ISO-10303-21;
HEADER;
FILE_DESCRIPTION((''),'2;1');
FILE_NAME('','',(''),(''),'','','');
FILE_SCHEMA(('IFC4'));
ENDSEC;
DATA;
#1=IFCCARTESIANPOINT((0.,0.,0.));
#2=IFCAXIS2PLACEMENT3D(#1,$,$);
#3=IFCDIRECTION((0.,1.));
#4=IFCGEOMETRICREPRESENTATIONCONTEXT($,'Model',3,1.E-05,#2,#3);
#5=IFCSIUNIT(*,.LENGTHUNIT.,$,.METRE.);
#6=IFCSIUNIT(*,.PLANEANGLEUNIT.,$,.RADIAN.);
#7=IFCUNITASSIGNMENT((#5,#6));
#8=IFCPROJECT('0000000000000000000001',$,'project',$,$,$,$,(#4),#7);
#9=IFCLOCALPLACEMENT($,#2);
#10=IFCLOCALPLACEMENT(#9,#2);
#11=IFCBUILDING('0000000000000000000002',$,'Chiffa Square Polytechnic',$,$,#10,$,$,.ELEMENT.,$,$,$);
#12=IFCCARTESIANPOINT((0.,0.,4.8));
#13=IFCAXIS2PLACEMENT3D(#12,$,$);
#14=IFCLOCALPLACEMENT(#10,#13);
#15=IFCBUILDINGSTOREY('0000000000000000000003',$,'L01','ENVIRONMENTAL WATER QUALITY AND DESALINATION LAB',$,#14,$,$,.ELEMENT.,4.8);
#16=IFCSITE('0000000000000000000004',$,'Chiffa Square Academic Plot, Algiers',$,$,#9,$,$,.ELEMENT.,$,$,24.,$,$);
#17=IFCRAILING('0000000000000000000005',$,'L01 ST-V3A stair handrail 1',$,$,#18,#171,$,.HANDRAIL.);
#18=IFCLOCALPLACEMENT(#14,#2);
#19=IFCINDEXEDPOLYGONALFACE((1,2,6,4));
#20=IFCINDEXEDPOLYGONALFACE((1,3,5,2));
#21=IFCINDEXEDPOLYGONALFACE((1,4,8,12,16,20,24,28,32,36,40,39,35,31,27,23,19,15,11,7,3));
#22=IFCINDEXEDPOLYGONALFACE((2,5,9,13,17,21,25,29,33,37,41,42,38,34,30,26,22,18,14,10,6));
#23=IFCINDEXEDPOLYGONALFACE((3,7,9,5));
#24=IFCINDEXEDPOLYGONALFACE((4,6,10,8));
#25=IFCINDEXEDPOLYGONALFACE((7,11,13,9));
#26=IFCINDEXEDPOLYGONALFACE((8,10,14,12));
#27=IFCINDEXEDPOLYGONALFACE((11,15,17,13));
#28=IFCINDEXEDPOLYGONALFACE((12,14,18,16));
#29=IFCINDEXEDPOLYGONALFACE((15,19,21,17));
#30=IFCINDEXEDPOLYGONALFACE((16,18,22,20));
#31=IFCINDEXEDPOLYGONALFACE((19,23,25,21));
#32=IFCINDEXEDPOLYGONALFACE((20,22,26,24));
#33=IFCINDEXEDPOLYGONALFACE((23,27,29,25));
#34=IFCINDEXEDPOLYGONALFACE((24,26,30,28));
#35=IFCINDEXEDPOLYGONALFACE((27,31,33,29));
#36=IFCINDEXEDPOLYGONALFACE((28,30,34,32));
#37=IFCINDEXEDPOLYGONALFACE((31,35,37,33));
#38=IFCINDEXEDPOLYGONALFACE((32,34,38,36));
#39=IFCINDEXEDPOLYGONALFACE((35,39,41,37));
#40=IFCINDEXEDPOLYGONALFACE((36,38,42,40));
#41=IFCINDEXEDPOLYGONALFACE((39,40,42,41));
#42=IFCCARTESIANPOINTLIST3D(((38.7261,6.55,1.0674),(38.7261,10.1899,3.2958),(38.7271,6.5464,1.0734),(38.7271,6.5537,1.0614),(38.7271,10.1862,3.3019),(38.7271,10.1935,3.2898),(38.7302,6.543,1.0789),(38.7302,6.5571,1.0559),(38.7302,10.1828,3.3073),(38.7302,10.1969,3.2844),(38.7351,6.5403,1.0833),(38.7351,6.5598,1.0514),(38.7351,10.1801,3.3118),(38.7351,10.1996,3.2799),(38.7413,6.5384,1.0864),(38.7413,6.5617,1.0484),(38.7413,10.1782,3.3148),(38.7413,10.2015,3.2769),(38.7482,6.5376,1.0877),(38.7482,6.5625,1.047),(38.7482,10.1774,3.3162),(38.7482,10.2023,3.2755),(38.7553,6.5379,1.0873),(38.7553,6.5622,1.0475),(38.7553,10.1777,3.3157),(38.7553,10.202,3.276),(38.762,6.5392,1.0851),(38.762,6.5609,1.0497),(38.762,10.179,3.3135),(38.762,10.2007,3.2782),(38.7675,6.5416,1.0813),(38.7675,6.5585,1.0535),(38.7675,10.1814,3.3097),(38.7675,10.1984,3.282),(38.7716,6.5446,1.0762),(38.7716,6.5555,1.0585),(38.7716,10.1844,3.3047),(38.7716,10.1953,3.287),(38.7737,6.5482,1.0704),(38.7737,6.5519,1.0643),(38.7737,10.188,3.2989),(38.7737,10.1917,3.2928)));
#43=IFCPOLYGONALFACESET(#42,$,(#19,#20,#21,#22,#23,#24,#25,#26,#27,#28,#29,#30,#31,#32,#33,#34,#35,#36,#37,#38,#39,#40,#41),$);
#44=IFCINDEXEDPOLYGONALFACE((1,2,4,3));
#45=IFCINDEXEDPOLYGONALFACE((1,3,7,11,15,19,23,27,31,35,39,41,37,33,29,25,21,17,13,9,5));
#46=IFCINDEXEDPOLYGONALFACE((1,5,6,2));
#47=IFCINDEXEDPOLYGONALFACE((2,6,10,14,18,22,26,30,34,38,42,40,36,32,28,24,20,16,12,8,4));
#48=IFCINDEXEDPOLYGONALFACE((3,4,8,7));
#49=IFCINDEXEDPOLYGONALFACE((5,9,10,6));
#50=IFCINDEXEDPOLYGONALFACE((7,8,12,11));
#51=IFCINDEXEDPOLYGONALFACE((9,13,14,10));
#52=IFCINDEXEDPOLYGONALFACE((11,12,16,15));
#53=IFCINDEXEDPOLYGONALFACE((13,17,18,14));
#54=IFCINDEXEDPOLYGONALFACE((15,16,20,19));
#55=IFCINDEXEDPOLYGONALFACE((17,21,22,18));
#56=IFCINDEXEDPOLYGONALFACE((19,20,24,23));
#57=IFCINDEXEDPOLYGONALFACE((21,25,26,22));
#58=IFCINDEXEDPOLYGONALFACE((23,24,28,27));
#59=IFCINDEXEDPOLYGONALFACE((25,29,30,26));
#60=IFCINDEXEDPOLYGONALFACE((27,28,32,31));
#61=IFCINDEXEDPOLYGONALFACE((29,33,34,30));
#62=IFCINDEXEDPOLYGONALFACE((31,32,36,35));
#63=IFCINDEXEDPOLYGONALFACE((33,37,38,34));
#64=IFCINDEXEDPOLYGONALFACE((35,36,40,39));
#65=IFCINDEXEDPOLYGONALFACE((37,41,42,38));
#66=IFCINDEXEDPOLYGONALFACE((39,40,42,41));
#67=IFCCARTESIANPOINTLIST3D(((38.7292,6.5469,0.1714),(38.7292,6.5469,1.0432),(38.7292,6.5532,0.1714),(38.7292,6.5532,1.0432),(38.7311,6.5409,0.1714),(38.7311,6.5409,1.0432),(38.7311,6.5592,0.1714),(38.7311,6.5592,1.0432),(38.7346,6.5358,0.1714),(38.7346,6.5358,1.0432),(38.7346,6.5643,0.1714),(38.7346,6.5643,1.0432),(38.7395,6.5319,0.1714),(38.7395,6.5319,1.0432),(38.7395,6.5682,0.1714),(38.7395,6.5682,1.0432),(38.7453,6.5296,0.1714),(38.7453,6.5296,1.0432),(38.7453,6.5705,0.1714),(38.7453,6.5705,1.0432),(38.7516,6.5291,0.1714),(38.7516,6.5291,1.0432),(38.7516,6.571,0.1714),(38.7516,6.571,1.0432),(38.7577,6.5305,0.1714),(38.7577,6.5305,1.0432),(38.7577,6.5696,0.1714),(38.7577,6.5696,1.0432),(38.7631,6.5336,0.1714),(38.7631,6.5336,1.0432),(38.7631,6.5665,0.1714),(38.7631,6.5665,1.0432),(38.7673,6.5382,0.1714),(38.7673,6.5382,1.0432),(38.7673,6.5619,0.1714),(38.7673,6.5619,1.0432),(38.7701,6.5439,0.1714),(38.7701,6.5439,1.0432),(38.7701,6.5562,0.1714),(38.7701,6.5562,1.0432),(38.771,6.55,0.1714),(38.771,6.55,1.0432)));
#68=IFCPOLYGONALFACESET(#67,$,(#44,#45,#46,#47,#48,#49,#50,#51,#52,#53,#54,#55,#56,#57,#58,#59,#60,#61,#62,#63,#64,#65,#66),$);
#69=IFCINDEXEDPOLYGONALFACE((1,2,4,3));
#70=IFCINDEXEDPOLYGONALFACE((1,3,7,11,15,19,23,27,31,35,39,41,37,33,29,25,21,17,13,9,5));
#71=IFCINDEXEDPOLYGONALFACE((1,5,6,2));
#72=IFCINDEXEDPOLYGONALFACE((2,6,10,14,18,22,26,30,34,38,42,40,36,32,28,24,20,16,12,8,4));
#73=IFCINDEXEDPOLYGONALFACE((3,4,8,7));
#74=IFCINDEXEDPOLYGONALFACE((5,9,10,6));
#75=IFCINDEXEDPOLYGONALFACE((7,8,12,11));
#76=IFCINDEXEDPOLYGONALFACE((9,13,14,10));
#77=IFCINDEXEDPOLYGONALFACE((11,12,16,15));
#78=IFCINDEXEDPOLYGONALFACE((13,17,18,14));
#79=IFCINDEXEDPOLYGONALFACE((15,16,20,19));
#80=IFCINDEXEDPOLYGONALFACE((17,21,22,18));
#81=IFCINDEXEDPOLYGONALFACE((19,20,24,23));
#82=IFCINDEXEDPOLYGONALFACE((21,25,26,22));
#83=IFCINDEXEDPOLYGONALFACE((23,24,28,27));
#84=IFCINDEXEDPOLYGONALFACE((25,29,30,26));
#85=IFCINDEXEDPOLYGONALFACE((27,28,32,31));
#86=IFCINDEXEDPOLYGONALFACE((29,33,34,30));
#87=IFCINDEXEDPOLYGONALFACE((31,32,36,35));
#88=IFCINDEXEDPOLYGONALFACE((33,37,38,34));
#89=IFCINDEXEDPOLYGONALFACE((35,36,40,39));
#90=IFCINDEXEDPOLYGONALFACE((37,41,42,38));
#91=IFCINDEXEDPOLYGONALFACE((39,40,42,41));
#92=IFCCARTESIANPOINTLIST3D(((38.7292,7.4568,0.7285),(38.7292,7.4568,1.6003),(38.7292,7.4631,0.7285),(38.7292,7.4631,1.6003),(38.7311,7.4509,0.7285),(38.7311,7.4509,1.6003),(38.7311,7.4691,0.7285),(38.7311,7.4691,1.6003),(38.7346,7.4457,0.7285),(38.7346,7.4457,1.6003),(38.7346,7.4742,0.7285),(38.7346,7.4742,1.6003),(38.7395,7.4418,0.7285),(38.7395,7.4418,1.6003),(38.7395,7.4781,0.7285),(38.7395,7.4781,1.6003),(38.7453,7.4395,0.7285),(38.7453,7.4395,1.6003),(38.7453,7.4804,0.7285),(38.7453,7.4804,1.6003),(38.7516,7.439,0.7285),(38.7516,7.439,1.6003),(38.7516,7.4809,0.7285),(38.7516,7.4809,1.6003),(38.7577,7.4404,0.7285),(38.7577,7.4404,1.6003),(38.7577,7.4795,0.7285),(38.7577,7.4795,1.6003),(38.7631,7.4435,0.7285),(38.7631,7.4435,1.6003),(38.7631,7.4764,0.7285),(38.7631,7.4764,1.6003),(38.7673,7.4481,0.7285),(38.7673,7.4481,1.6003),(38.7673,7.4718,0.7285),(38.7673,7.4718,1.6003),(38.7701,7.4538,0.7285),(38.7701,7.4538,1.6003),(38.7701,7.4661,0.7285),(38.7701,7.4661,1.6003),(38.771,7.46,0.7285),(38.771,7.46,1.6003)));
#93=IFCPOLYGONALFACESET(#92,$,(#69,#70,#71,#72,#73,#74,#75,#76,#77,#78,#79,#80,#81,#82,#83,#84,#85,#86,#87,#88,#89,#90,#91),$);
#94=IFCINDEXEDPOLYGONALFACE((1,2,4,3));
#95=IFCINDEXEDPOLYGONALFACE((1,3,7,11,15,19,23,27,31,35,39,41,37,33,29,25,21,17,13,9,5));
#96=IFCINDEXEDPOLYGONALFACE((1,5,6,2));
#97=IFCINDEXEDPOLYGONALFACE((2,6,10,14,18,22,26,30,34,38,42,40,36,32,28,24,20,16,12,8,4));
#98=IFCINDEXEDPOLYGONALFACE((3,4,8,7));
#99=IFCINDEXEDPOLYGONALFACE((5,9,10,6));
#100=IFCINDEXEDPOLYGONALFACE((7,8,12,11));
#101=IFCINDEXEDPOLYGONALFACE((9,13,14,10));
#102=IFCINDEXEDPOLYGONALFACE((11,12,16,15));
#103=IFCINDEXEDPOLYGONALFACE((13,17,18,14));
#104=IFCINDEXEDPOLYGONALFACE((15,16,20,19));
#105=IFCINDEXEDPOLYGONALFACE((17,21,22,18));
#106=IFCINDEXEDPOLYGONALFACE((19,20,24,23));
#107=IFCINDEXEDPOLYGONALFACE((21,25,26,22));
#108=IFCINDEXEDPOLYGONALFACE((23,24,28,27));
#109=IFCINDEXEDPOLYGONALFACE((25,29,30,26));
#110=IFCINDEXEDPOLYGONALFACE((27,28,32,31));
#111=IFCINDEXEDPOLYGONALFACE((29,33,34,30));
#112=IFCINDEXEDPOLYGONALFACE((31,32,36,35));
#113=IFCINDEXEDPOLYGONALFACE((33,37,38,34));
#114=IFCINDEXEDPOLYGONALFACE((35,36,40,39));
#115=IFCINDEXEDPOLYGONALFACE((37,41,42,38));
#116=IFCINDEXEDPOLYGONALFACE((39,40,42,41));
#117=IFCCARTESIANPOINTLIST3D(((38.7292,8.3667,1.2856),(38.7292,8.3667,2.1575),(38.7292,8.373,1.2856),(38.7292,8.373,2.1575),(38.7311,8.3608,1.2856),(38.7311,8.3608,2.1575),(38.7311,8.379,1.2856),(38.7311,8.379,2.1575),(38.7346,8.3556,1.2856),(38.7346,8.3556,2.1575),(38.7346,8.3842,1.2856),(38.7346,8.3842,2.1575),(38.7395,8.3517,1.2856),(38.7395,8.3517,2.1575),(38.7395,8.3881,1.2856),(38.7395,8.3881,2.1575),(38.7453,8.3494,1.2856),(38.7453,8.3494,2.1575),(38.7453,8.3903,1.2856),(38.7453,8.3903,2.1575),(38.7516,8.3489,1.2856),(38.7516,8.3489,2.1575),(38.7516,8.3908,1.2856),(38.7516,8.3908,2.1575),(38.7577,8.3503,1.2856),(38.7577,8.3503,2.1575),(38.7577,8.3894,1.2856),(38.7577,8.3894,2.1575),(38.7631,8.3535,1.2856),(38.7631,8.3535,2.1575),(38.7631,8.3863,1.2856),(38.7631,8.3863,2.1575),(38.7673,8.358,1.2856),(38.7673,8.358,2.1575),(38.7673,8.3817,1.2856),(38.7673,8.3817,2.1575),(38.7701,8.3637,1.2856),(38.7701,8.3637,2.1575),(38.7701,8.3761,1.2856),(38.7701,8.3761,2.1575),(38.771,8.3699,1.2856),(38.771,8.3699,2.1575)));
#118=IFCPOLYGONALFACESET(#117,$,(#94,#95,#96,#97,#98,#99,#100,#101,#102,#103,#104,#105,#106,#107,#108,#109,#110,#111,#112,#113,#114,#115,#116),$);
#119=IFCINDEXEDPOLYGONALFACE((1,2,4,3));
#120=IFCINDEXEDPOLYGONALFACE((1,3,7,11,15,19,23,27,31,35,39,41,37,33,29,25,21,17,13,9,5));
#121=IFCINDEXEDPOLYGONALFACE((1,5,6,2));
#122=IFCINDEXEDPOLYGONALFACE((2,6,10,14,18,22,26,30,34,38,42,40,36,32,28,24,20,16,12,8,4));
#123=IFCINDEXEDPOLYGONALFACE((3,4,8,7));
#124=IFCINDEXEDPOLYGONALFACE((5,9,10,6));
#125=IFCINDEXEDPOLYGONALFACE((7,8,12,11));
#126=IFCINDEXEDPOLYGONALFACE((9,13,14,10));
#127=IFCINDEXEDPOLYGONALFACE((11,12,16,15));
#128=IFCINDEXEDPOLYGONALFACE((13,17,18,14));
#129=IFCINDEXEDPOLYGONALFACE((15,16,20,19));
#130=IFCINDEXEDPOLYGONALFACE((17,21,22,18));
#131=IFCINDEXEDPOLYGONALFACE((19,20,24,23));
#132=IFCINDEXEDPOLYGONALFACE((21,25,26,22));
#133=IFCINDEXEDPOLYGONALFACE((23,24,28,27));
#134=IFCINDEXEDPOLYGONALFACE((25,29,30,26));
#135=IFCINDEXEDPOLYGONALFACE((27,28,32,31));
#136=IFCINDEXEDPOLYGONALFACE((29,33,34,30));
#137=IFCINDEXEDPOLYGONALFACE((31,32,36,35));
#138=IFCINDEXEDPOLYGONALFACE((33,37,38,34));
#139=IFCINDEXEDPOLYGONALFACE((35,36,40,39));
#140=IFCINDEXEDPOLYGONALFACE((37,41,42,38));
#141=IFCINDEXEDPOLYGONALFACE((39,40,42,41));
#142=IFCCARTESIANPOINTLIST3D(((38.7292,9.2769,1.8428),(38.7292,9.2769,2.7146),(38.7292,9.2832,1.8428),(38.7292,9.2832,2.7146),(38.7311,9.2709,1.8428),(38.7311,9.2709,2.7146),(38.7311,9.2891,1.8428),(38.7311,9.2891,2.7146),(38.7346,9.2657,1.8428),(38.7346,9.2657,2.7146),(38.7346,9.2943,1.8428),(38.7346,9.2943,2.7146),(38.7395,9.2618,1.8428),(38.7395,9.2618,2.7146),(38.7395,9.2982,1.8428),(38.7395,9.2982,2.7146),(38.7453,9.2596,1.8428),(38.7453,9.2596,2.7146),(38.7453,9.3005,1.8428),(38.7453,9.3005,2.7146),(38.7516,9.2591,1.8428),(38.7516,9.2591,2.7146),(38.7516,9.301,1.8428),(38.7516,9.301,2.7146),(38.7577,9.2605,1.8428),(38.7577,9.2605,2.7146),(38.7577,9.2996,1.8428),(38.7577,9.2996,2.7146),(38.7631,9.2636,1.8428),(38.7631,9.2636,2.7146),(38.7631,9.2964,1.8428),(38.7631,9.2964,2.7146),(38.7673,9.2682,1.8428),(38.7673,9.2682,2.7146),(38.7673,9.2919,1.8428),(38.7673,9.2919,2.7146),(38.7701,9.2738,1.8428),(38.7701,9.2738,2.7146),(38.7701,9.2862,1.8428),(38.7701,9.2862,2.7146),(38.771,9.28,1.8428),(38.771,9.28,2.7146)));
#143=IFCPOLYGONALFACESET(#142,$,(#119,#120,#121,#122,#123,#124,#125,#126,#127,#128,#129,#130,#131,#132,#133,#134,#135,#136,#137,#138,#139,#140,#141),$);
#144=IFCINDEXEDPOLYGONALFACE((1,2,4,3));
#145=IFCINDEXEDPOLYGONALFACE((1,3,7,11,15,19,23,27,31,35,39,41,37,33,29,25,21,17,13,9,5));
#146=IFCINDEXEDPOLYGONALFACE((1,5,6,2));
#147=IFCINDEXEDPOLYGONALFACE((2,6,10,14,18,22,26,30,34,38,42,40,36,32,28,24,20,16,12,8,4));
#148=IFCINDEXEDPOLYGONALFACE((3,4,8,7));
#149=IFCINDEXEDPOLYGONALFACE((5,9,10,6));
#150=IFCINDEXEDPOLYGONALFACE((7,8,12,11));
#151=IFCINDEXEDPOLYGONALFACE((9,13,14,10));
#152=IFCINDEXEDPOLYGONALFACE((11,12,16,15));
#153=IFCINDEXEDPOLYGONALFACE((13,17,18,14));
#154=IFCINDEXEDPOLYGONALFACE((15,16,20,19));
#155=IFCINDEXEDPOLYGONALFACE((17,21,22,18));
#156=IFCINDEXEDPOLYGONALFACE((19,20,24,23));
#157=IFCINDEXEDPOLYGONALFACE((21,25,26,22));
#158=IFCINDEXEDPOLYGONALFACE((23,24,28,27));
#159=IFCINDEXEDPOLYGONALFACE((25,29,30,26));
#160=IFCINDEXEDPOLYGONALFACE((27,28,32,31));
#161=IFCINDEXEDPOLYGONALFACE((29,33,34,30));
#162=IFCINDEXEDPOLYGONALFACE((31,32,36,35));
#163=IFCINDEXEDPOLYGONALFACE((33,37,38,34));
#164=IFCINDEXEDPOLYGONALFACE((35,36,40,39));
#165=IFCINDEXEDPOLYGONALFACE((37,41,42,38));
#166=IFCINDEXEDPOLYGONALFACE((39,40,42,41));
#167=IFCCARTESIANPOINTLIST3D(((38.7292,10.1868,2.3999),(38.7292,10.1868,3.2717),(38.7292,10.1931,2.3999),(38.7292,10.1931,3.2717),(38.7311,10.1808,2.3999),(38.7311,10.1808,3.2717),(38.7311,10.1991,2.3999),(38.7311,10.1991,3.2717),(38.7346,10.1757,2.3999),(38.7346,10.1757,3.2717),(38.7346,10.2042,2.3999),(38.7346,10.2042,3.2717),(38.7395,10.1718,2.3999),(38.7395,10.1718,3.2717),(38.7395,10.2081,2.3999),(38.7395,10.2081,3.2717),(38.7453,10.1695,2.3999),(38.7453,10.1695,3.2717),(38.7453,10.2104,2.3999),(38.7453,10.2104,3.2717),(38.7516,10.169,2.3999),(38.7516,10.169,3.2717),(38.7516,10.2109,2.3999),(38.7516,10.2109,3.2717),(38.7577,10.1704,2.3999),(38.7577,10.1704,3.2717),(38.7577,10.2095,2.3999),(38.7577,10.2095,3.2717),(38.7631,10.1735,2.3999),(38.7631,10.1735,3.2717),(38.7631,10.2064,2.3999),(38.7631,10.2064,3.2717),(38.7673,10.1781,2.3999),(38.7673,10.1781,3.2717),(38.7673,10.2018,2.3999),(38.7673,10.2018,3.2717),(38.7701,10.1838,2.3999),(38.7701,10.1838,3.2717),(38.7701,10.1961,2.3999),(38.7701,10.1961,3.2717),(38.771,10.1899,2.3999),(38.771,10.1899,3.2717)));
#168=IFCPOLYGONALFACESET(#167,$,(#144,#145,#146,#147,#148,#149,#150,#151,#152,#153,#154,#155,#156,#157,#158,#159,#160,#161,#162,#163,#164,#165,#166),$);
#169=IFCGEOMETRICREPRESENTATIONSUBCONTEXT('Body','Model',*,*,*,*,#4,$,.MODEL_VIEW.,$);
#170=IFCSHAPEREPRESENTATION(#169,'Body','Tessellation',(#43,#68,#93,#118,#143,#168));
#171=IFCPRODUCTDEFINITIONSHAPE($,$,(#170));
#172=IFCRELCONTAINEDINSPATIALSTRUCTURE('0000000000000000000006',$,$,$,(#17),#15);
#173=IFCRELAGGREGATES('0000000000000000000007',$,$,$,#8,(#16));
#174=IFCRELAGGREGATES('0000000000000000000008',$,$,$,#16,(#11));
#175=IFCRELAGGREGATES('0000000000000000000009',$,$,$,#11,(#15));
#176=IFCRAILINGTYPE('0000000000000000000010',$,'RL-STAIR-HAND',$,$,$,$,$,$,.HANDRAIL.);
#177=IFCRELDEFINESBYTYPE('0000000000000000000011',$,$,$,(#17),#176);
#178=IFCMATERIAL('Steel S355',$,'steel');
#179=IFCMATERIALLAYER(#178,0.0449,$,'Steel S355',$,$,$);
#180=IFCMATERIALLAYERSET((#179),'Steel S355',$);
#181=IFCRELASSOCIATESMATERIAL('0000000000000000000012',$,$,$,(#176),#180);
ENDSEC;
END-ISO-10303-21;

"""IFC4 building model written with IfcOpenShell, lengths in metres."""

from ifc_helpers import new_model, si_unit, direction, frame, origin, origin_2d, place, context, subcontext, project, spatial, circle, extrude, material, layer, layer_set, type_object, element, save


model = new_model("IFC4")

# Units and contexts
model_context = context("Model", 3, precision=1e-05, world=origin(), true_north=direction((0.0, 1.0)))
body_context = subcontext(model_context, "Body", "Model", "MODEL_VIEW")
ifc_project = project(units=[si_unit("LENGTHUNIT", "METRE"), si_unit("PLANEANGLEUNIT", "RADIAN")], contexts=[model_context])

# Site, building, storey
site_placement = place(None, origin())
site = spatial("IfcSite", under=ifc_project, at=site_placement, Name="Chiffa Square Academic Plot, Algiers", CompositionType="ELEMENT", RefElevation=24.0)
building_placement = place(site_placement, origin())
building = spatial("IfcBuilding", under=site, at=building_placement, Name="Chiffa Square Polytechnic", CompositionType="ELEMENT")
storey_placement = place(building_placement, frame((0.0, 0.0, 4.8)))
storey = spatial("IfcBuildingStorey", under=building, at=storey_placement, Name="L01", Description="ENVIRONMENTAL WATER QUALITY AND DESALINATION LAB", CompositionType="ELEMENT", Elevation=4.8)

# Railing
ifc_material_1 = material(Name="Steel S355", Category="steel")
ifc_layer_1 = layer(ifc_material_1, 0.0449, Name="Steel S355")
ifc_layer_set_1 = layer_set([ifc_layer_1], Name="Steel S355")
railing_type = type_object("IfcRailingType", Name="RL-STAIR-HAND", PredefinedType="HANDRAIL", material=ifc_layer_set_1)
for number, where, name in (
    (1, (38.75, 6.55, 0.1714), "L01 ST-V3A stair handrail 1"),
):
    element("IfcRailing", number, at=place(storey_placement, frame(where)), inside=storey, type_object=railing_type, Name=name, PredefinedType="HANDRAIL", context=body_context, shape_type="SweptSolid", body=[
        extrude(circle(Radius=0.0239, at=origin_2d()), frame((0.0, 0.0, 0.896), z_axis=(0.0, 0.85285, 0.522156), x_axis=(-1.0, 0.0, 0.0)), (0.0, 0.0, 1.0), 4.2678),
        extrude(circle(Radius=0.021, at=origin_2d()), origin(), (0.0, 0.0, 1.0), 0.8718),
        extrude(circle(Radius=0.021, at=origin_2d()), frame((0.0, 0.9099, 0.5571)), (0.0, 0.0, 1.0), 0.8718),
        extrude(circle(Radius=0.021, at=origin_2d()), frame((0.0, 1.8198, 1.1143)), (0.0, 0.0, 1.0), 0.8718),
        extrude(circle(Radius=0.021, at=origin_2d()), frame((0.0, 2.73, 1.6714)), (0.0, 0.0, 1.0), 0.8718),
        extrude(circle(Radius=0.021, at=origin_2d()), frame((0.0, 3.6399, 2.2285)), (0.0, 0.0, 1.0), 0.8718),
    ])

save(model, "model.ifc")
